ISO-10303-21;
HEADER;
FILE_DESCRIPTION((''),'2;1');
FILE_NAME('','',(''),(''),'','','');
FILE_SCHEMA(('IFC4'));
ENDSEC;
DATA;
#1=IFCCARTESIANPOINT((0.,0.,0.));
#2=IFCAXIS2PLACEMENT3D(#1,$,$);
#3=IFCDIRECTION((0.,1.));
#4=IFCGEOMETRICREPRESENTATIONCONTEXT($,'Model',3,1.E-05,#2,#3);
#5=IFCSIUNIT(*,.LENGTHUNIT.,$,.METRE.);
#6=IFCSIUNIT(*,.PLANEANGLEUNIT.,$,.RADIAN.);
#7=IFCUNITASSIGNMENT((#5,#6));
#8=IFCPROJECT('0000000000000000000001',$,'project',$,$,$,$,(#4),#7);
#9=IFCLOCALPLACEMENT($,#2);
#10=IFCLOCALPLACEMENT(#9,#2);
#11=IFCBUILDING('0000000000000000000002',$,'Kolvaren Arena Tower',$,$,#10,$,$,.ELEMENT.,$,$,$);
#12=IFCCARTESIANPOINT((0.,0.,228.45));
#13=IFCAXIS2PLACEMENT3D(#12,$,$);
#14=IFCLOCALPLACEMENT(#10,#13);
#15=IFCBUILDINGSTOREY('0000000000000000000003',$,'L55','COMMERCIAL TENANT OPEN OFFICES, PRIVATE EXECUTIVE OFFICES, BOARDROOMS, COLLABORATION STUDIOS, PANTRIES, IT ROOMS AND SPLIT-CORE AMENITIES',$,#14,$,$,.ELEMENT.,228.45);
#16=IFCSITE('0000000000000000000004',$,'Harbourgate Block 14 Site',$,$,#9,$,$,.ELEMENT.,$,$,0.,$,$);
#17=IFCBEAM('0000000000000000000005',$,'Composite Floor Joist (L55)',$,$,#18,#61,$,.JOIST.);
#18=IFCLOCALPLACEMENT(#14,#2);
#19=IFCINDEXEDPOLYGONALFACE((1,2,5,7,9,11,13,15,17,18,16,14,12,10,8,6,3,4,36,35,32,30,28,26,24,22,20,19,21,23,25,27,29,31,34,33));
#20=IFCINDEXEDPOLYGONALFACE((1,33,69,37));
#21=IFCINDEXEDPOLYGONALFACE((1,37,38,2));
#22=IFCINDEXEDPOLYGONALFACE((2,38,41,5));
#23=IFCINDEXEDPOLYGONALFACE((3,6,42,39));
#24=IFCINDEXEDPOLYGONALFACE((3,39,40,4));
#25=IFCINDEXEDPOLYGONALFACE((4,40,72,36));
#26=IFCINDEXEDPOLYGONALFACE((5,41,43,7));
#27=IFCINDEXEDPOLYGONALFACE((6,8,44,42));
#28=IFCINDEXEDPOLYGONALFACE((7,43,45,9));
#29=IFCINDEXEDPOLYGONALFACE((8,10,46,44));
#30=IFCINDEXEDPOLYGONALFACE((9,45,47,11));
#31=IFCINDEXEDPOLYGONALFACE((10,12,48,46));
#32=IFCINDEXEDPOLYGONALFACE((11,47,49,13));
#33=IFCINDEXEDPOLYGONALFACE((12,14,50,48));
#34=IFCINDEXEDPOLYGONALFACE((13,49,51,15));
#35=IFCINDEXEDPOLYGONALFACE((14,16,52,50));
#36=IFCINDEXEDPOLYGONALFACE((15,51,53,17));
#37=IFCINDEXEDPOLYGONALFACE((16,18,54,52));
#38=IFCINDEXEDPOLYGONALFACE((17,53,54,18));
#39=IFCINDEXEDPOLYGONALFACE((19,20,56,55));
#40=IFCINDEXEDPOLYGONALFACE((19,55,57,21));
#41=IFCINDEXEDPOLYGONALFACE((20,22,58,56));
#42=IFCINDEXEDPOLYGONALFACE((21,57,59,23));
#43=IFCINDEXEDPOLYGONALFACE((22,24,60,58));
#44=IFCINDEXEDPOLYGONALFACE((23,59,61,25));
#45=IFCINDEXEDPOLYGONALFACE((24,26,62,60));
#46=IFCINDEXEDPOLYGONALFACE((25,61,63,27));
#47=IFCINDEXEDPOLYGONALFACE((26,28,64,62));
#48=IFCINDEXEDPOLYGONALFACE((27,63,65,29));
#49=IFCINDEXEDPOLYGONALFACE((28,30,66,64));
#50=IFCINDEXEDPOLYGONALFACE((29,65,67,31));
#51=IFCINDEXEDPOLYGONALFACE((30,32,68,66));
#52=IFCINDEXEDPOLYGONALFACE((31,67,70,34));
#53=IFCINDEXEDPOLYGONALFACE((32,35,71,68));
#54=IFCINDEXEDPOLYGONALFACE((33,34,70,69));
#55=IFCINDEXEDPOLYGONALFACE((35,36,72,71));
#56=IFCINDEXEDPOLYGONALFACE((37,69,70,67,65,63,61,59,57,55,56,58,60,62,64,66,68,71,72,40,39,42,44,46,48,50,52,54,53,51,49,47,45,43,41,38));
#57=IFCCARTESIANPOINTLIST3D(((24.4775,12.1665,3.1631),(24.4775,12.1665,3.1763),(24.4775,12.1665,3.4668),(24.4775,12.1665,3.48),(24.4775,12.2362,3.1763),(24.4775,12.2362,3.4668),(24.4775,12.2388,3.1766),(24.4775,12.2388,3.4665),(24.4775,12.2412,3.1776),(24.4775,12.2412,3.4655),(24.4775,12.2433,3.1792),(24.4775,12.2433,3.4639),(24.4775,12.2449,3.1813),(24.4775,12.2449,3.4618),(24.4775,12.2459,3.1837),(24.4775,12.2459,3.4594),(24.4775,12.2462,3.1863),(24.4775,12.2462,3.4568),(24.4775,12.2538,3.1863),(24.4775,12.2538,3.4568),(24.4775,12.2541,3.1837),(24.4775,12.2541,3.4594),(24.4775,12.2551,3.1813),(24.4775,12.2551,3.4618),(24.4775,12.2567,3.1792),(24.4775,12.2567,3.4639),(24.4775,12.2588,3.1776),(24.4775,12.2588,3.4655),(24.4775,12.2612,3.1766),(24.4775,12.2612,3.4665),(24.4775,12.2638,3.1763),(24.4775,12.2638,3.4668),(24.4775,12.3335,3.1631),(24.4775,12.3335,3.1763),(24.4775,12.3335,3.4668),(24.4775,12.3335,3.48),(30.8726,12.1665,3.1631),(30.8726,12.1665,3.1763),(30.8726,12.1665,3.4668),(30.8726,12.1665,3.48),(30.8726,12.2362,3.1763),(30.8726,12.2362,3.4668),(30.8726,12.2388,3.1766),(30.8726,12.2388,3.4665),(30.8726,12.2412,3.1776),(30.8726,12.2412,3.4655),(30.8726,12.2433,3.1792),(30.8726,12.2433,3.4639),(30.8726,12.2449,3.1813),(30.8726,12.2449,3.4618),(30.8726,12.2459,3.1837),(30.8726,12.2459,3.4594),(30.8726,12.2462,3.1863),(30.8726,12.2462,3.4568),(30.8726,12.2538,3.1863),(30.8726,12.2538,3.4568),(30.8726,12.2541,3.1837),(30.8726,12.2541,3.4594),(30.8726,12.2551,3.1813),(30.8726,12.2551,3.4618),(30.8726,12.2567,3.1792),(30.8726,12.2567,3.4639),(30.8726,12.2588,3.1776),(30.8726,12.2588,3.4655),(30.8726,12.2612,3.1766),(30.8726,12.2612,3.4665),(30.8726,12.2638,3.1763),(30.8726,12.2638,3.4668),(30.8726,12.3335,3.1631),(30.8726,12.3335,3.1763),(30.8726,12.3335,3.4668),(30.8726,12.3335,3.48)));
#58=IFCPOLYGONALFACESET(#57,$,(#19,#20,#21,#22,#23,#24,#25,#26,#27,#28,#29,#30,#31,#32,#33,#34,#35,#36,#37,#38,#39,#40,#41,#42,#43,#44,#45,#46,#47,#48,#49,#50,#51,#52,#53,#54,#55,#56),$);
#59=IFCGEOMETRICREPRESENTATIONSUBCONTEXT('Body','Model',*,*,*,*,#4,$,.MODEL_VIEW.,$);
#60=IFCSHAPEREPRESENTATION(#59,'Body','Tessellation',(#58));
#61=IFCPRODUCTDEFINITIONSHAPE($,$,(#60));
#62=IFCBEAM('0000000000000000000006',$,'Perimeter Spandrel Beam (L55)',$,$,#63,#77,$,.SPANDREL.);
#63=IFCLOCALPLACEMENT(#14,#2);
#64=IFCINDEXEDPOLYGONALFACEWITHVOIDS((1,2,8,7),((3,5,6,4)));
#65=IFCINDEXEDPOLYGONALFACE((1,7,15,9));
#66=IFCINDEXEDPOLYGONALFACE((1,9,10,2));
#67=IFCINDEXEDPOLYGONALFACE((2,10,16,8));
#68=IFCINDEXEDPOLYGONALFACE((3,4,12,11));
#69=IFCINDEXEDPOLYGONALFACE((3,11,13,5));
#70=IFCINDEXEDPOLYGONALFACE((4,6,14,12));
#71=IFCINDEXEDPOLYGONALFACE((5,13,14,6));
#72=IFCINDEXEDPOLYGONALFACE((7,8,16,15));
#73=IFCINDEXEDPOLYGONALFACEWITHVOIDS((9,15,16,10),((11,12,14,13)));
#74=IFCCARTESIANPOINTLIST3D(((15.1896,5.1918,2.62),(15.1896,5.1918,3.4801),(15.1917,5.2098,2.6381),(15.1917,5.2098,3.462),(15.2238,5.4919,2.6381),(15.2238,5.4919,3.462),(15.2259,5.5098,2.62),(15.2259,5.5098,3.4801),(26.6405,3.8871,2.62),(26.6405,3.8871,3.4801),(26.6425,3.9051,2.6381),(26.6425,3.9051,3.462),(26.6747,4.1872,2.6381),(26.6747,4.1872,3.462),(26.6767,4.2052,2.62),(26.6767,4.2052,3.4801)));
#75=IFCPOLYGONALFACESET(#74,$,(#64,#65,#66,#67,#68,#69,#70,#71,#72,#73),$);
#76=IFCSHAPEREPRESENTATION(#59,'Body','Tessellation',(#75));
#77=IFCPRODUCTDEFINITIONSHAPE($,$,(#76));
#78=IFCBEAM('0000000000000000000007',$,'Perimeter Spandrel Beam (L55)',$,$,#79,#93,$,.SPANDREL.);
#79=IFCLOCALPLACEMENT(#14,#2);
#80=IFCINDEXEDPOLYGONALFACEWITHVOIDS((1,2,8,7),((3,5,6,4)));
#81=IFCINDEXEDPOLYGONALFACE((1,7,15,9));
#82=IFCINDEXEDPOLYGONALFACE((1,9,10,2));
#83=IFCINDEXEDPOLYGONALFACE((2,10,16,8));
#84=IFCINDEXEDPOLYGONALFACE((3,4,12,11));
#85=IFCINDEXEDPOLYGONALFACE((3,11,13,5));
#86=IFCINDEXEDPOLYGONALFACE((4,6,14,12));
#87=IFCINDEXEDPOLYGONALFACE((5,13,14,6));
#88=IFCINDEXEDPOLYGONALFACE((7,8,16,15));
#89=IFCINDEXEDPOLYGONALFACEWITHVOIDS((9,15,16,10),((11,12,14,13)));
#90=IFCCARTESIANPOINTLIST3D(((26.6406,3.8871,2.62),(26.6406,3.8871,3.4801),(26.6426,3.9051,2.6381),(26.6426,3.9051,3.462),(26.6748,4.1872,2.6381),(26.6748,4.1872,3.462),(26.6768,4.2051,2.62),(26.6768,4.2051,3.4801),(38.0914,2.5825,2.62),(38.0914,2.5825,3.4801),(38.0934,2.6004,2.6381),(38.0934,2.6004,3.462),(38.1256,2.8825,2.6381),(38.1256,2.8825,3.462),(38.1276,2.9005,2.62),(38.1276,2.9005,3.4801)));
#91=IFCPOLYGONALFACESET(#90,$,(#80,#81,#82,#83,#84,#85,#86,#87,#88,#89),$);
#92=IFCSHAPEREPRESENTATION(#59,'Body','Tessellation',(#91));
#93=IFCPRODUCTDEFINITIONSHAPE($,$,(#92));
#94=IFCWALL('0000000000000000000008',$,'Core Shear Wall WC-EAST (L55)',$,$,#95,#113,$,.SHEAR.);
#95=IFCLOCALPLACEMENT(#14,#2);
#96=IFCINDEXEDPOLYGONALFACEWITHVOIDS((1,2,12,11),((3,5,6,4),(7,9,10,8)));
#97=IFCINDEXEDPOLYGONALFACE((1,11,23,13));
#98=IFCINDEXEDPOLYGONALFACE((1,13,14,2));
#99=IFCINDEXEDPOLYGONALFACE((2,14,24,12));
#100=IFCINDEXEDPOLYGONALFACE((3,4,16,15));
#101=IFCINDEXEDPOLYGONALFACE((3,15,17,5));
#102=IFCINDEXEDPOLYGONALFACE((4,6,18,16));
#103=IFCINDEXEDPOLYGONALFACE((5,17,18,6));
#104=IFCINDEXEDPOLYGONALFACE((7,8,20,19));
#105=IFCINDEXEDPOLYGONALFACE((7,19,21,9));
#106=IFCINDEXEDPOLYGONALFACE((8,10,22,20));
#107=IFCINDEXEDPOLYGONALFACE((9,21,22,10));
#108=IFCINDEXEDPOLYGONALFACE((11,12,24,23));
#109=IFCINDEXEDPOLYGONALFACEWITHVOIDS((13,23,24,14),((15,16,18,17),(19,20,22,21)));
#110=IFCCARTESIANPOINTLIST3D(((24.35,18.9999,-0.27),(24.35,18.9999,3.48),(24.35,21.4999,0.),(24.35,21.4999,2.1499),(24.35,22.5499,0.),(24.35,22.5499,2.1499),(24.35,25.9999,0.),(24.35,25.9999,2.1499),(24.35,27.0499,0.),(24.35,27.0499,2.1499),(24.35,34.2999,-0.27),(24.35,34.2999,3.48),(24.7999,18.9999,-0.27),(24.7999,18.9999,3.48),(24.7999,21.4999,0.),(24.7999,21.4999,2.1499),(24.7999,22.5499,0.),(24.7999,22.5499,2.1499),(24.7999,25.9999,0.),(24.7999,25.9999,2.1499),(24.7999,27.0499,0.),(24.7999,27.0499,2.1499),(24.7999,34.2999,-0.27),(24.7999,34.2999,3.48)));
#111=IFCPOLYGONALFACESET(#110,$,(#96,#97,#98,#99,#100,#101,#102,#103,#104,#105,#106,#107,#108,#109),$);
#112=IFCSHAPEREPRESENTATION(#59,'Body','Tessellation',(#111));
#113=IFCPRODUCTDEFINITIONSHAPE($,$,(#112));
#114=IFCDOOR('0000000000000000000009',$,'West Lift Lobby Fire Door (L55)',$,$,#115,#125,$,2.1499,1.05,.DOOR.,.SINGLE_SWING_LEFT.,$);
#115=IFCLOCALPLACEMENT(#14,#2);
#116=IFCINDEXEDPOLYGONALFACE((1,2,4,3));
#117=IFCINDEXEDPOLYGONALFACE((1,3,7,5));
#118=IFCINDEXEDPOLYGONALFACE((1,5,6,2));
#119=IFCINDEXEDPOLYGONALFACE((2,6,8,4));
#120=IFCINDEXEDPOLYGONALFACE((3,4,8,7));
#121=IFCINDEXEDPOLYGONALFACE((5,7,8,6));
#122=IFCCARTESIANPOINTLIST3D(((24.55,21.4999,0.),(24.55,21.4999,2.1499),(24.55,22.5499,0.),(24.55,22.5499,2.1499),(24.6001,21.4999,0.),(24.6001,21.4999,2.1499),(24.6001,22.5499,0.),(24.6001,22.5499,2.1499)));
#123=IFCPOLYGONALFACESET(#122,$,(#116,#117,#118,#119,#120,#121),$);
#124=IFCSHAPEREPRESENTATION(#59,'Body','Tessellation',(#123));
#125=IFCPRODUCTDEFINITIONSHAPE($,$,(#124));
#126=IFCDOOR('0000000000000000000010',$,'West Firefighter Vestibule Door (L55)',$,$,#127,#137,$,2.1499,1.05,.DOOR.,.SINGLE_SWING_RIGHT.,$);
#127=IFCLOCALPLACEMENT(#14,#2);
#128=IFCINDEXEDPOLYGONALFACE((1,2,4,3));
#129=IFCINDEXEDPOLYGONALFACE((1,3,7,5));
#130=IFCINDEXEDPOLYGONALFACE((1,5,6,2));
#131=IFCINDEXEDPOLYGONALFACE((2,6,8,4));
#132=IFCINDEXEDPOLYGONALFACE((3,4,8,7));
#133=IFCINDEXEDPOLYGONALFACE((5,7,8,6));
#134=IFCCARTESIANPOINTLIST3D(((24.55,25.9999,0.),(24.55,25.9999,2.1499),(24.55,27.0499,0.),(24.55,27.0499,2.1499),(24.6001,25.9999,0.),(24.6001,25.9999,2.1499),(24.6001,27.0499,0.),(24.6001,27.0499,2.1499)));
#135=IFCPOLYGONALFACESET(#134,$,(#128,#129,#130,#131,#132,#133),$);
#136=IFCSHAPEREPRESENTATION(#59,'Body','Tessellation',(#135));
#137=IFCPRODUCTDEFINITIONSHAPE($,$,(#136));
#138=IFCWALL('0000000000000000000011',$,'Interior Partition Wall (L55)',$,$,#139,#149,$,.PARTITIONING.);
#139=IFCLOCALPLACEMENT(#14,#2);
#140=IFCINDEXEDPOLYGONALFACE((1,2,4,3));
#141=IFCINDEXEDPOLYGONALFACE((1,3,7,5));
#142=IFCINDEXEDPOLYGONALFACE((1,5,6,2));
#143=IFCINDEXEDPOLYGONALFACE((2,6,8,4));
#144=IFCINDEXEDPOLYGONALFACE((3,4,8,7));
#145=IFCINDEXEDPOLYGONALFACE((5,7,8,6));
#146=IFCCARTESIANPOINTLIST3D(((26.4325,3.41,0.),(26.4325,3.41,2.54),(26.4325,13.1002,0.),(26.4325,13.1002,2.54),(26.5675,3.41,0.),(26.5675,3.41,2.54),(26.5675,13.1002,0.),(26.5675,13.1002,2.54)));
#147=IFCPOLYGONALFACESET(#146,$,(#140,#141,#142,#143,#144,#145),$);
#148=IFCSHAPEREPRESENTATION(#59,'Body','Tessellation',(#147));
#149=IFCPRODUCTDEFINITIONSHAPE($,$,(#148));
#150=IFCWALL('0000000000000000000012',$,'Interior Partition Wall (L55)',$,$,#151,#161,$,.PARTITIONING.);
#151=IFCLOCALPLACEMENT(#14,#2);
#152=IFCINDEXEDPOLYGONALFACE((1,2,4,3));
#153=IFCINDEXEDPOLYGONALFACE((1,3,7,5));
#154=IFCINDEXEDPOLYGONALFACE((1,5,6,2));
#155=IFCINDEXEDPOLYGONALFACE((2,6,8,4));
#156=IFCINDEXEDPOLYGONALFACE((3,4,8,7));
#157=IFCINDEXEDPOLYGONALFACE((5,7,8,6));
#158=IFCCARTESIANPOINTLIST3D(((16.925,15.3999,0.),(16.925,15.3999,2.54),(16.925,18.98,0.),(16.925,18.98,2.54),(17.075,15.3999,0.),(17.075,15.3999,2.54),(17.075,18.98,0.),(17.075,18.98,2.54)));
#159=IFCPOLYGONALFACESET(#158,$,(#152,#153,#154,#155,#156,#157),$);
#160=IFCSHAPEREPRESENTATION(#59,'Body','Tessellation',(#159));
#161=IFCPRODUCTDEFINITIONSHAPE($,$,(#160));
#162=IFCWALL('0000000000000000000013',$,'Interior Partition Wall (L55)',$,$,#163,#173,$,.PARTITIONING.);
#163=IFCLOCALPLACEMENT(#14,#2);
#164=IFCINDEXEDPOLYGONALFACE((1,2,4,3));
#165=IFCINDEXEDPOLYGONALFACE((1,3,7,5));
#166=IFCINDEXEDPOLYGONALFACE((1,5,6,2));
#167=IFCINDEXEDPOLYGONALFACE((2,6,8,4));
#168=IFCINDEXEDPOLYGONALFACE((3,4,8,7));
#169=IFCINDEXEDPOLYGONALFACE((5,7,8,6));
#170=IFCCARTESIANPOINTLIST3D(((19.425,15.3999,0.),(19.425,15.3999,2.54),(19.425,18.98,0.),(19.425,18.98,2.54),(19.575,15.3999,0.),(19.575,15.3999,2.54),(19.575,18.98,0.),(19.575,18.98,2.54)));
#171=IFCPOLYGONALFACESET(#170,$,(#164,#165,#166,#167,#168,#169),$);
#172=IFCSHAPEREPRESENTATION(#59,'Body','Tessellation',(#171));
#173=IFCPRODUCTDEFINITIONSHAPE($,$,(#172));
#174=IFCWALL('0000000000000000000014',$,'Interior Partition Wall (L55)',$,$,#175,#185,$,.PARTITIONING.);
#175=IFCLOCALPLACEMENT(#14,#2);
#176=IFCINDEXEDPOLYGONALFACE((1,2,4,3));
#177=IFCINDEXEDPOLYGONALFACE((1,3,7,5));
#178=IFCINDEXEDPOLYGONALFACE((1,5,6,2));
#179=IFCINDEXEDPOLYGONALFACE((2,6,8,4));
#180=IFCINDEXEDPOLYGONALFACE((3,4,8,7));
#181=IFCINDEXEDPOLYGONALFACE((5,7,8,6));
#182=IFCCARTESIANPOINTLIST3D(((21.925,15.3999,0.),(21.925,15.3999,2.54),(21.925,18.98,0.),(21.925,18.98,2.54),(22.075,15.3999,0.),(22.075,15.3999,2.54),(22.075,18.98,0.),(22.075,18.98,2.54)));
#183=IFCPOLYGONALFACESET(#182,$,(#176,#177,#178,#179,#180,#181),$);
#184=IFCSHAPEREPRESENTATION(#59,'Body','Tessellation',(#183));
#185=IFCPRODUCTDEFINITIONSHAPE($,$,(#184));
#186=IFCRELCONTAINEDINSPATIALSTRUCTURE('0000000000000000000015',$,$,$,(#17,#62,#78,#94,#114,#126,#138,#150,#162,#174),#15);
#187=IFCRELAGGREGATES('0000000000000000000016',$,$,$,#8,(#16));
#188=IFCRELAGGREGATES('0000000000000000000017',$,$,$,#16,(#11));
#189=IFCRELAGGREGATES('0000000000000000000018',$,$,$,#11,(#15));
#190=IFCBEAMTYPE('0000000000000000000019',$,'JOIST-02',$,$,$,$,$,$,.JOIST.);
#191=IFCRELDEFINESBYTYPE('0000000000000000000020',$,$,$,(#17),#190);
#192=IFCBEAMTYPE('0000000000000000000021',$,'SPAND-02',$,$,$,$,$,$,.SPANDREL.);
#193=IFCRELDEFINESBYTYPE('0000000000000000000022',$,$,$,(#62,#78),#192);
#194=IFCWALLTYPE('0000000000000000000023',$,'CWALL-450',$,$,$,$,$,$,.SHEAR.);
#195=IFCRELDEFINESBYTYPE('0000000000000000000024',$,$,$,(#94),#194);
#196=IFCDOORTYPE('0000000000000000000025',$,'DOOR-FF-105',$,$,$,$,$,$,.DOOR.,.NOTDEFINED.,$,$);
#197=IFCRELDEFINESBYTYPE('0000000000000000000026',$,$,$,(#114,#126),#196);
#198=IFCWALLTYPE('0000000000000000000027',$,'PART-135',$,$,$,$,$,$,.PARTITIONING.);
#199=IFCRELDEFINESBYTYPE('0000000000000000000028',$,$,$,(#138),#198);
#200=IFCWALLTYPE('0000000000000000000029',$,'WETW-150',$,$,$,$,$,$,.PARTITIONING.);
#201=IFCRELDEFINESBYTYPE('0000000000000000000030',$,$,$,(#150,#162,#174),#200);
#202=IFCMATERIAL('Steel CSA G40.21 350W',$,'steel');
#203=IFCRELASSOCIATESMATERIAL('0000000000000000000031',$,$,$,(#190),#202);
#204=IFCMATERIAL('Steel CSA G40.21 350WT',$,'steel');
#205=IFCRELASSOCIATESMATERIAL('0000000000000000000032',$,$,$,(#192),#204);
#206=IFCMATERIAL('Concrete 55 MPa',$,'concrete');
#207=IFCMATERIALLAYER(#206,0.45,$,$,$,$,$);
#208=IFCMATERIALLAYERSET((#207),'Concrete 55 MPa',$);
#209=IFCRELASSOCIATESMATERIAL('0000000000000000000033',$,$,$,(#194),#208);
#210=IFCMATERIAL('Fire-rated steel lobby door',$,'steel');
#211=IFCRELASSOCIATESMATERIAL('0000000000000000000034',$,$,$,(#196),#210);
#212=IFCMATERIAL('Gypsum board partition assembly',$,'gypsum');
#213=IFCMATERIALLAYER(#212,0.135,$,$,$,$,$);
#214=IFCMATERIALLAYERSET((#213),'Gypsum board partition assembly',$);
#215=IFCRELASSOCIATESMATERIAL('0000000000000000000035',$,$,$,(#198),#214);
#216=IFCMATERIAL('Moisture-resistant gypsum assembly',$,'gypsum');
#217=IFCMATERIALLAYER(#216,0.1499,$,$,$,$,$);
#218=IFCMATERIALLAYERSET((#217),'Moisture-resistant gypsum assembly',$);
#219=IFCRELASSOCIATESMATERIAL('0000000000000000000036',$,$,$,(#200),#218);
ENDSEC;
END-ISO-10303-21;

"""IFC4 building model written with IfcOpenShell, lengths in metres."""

from ifc_helpers import new_model, si_unit, direction, frame, frame_2d, origin, origin_2d, place, context, subcontext, project, spatial, rectangle, hollow_rectangle, i_section, extrude, material, layer, layer_set, material_profile, profile_set, type_object, element, fill, save


model = new_model("IFC4")

# Units and contexts
model_context = context("Model", 3, precision=1e-05, world=origin(), true_north=direction((0.0, 1.0)))
body_context = subcontext(model_context, "Body", "Model", "MODEL_VIEW")
ifc_project = project(units=[si_unit("LENGTHUNIT", "METRE"), si_unit("PLANEANGLEUNIT", "RADIAN")], contexts=[model_context])

# Site, building, storey
site_placement = place(None, origin())
site = spatial("IfcSite", under=ifc_project, at=site_placement, Name="Harbourgate Block 14 Site", CompositionType="ELEMENT", RefElevation=0.0)
building_placement = place(site_placement, origin())
building = spatial("IfcBuilding", under=site, at=building_placement, Name="Kolvaren Arena Tower", CompositionType="ELEMENT")
storey_placement = place(building_placement, frame((0.0, 0.0, 228.45)))
storey = spatial("IfcBuildingStorey", under=building, at=storey_placement, Name="L55", Description="COMMERCIAL TENANT OPEN OFFICES, PRIVATE EXECUTIVE OFFICES, BOARDROOMS, COLLABORATION STUDIOS, PANTRIES, IT ROOMS AND SPLIT-CORE AMENITIES", CompositionType="ELEMENT", Elevation=228.45)

# Beams
ifc_material_1 = material(Name="Steel CSA G40.21 350W", Category="steel")
ifc_material_profile_1 = material_profile(ifc_material_1, i_section(OverallWidth=0.167, OverallDepth=0.3169, WebThickness=0.0076, FlangeThickness=0.0132, FilletRadius=0.01, at=origin_2d()), Name="W310x52")
ifc_profile_set_1 = profile_set([ifc_material_profile_1], Name="Steel CSA G40.21 350W")
beam_type_1 = type_object("IfcBeamType", Name="JOIST-02", PredefinedType="JOIST", material=ifc_profile_set_1)
for number, where, z_axis, x_axis, name in (
    (1, (24.4775, 12.25, 3.3215), (1.0, 0.0, 0.0), (0.0, 1.0, 0.0), "Composite Floor Joist (L55)"),
):
    element("IfcBeam", number, at=place(storey_placement, frame(where, z_axis=z_axis, x_axis=x_axis)), inside=storey, type_object=beam_type_1, Name=name, PredefinedType="JOIST", context=body_context, shape_type="SweptSolid", body=[
        extrude(i_section(OverallWidth=0.167, OverallDepth=0.3169, WebThickness=0.0076, FlangeThickness=0.0132, FilletRadius=0.01, at=origin_2d()), origin(), (0.0, 0.0, 1.0), 6.395),
    ])
ifc_material_2 = material(Name="Steel CSA G40.21 350WT", Category="steel")
ifc_material_profile_2 = material_profile(ifc_material_2, hollow_rectangle(XDim=0.3201, YDim=0.8601, WallThickness=0.0181, at=origin_2d()), Name="HSS 860x320x18")
ifc_profile_set_2 = profile_set([ifc_material_profile_2], Name="Steel CSA G40.21 350WT")
beam_type_2 = type_object("IfcBeamType", Name="SPAND-02", PredefinedType="SPANDREL", material=ifc_profile_set_2)
for number, where, z_axis, x_axis, name in (
    (2, (15.2078, 5.3508, 3.05), (0.993572, -0.113205, 0.0), (0.113205, 0.993572, 0.0), "Perimeter Spandrel Beam (L55)"),
    (3, (26.6587, 4.0461, 3.05), (0.993572, -0.113205, 0.0), (0.113205, 0.993572, 0.0), "Perimeter Spandrel Beam (L55)"),
):
    element("IfcBeam", number, at=place(storey_placement, frame(where, z_axis=z_axis, x_axis=x_axis)), inside=storey, type_object=beam_type_2, Name=name, PredefinedType="SPANDREL", context=body_context, shape_type="SweptSolid", body=[
        extrude(hollow_rectangle(XDim=0.3201, YDim=0.8601, WallThickness=0.0181, at=origin_2d()), origin(), (0.0, 0.0, 1.0), 11.5249),
    ])

# Wall, openings, doors
ifc_material_3 = material(Name="Concrete 55 MPa", Category="concrete")
ifc_layer_1 = layer(ifc_material_3, 0.45)
ifc_layer_set_1 = layer_set([ifc_layer_1], Name="Concrete 55 MPa")
wall_type_1 = type_object("IfcWallType", Name="CWALL-450", PredefinedType="SHEAR", material=ifc_layer_set_1)
wall_1_placement = place(storey_placement, frame((24.575, 19.0, -0.27), z_axis=(0.0, 0.0, 1.0), x_axis=(0.0, 1.0, 0.0)))
wall_1 = element("IfcWall", 4, at=wall_1_placement, inside=storey, type_object=wall_type_1, Name="Core Shear Wall WC-EAST (L55)", PredefinedType="SHEAR", context=body_context, shape_type="SweptSolid", body=[
    extrude(rectangle(XDim=15.3, YDim=0.45, at=frame_2d((7.6499, 0.0))), origin(), (0.0, 0.0, 1.0), 3.75),
])
opening_1_placement = place(wall_1_placement, frame((2.5, 0.0, 0.27)))
opening_1 = element("IfcOpeningElement", 5, at=opening_1_placement, cuts=wall_1, PredefinedType="OPENING", context=body_context, shape_type="SweptSolid", body=[
    extrude(rectangle(XDim=1.05, YDim=2.1499, at=frame_2d((0.5249, 1.075))), frame((0.0, 0.2349, 0.0), z_axis=(0.0, -1.0, 0.0), x_axis=(1.0, 0.0, 0.0)), (0.0, 0.0, 1.0), 0.47),
])
opening_2_placement = place(wall_1_placement, frame((7.0, 0.0, 0.27)))
opening_2 = element("IfcOpeningElement", 6, at=opening_2_placement, cuts=wall_1, PredefinedType="OPENING", context=body_context, shape_type="SweptSolid", body=[
    extrude(rectangle(XDim=1.05, YDim=2.1499, at=frame_2d((0.5249, 1.075))), frame((0.0, 0.2349, 0.0), z_axis=(0.0, -1.0, 0.0), x_axis=(1.0, 0.0, 0.0)), (0.0, 0.0, 1.0), 0.47),
])
ifc_material_4 = material(Name="Fire-rated steel lobby door", Category="steel")
door_type = type_object("IfcDoorType", Name="DOOR-FF-105", OperationType="NOTDEFINED", PredefinedType="DOOR", material=ifc_material_4)
door_1_placement = place(opening_1_placement, origin())
door_1 = element("IfcDoor", 7, at=door_1_placement, inside=storey, type_object=door_type, Name="West Lift Lobby Fire Door (L55)", OperationType="SINGLE_SWING_LEFT", OverallHeight=2.1499, OverallWidth=1.05, PredefinedType="DOOR", context=body_context, shape_type="SweptSolid", body=[
    extrude(rectangle(XDim=1.05, YDim=2.1499, at=frame_2d((0.5249, 1.075))), frame((0.0, 0.0249, 0.0), z_axis=(0.0, -1.0, 0.0), x_axis=(1.0, 0.0, 0.0)), (0.0, 0.0, 1.0), 0.05),
])
fill(opening_1, door_1)
door_2_placement = place(opening_2_placement, origin())
door_2 = element("IfcDoor", 8, at=door_2_placement, inside=storey, type_object=door_type, Name="West Firefighter Vestibule Door (L55)", OperationType="SINGLE_SWING_RIGHT", OverallHeight=2.1499, OverallWidth=1.05, PredefinedType="DOOR", context=body_context, shape_type="SweptSolid", body=[
    extrude(rectangle(XDim=1.05, YDim=2.1499, at=frame_2d((0.5249, 1.075))), frame((0.0, 0.0249, 0.0), z_axis=(0.0, -1.0, 0.0), x_axis=(1.0, 0.0, 0.0)), (0.0, 0.0, 1.0), 0.05),
])
fill(opening_2, door_2)

# Walls
ifc_material_5 = material(Name="Gypsum board partition assembly", Category="gypsum")
ifc_layer_2 = layer(ifc_material_5, 0.135)
ifc_layer_set_2 = layer_set([ifc_layer_2], Name="Gypsum board partition assembly")
wall_type_2 = type_object("IfcWallType", Name="PART-135", PredefinedType="PARTITIONING", material=ifc_layer_set_2)
wall_2_placement = place(storey_placement, frame((26.5, 3.4099, 0.0), z_axis=(0.0, 0.0, 1.0), x_axis=(0.0, 1.0, 0.0)))
element("IfcWall", 9, at=wall_2_placement, inside=storey, type_object=wall_type_2, Name="Interior Partition Wall (L55)", PredefinedType="PARTITIONING", context=body_context, shape_type="SweptSolid", body=[
    extrude(rectangle(XDim=9.6902, YDim=0.135, at=frame_2d((4.8452, 0.0))), origin(), (0.0, 0.0, 1.0), 2.54),
])
ifc_material_6 = material(Name="Moisture-resistant gypsum assembly", Category="gypsum")
ifc_layer_3 = layer(ifc_material_6, 0.1499)
ifc_layer_set_3 = layer_set([ifc_layer_3], Name="Moisture-resistant gypsum assembly")
wall_type_3 = type_object("IfcWallType", Name="WETW-150", PredefinedType="PARTITIONING", material=ifc_layer_set_3)
for number, where, z_axis, x_axis, name in (
    (10, (17.0, 15.3999, 0.0), (0.0, 0.0, 1.0), (0.0, 1.0, 0.0), "Interior Partition Wall (L55)"),
    (11, (19.5, 15.3999, 0.0), (0.0, 0.0, 1.0), (0.0, 1.0, 0.0), "Interior Partition Wall (L55)"),
    (12, (22.0, 15.3999, 0.0), (0.0, 0.0, 1.0), (0.0, 1.0, 0.0), "Interior Partition Wall (L55)"),
):
    element("IfcWall", number, at=place(storey_placement, frame(where, z_axis=z_axis, x_axis=x_axis)), inside=storey, type_object=wall_type_3, Name=name, PredefinedType="PARTITIONING", context=body_context, shape_type="SweptSolid", body=[
        extrude(rectangle(XDim=3.5801, YDim=0.1499, at=frame_2d((1.79, 0.0))), origin(), (0.0, 0.0, 1.0), 2.54),
    ])

save(model, "model.ifc")
